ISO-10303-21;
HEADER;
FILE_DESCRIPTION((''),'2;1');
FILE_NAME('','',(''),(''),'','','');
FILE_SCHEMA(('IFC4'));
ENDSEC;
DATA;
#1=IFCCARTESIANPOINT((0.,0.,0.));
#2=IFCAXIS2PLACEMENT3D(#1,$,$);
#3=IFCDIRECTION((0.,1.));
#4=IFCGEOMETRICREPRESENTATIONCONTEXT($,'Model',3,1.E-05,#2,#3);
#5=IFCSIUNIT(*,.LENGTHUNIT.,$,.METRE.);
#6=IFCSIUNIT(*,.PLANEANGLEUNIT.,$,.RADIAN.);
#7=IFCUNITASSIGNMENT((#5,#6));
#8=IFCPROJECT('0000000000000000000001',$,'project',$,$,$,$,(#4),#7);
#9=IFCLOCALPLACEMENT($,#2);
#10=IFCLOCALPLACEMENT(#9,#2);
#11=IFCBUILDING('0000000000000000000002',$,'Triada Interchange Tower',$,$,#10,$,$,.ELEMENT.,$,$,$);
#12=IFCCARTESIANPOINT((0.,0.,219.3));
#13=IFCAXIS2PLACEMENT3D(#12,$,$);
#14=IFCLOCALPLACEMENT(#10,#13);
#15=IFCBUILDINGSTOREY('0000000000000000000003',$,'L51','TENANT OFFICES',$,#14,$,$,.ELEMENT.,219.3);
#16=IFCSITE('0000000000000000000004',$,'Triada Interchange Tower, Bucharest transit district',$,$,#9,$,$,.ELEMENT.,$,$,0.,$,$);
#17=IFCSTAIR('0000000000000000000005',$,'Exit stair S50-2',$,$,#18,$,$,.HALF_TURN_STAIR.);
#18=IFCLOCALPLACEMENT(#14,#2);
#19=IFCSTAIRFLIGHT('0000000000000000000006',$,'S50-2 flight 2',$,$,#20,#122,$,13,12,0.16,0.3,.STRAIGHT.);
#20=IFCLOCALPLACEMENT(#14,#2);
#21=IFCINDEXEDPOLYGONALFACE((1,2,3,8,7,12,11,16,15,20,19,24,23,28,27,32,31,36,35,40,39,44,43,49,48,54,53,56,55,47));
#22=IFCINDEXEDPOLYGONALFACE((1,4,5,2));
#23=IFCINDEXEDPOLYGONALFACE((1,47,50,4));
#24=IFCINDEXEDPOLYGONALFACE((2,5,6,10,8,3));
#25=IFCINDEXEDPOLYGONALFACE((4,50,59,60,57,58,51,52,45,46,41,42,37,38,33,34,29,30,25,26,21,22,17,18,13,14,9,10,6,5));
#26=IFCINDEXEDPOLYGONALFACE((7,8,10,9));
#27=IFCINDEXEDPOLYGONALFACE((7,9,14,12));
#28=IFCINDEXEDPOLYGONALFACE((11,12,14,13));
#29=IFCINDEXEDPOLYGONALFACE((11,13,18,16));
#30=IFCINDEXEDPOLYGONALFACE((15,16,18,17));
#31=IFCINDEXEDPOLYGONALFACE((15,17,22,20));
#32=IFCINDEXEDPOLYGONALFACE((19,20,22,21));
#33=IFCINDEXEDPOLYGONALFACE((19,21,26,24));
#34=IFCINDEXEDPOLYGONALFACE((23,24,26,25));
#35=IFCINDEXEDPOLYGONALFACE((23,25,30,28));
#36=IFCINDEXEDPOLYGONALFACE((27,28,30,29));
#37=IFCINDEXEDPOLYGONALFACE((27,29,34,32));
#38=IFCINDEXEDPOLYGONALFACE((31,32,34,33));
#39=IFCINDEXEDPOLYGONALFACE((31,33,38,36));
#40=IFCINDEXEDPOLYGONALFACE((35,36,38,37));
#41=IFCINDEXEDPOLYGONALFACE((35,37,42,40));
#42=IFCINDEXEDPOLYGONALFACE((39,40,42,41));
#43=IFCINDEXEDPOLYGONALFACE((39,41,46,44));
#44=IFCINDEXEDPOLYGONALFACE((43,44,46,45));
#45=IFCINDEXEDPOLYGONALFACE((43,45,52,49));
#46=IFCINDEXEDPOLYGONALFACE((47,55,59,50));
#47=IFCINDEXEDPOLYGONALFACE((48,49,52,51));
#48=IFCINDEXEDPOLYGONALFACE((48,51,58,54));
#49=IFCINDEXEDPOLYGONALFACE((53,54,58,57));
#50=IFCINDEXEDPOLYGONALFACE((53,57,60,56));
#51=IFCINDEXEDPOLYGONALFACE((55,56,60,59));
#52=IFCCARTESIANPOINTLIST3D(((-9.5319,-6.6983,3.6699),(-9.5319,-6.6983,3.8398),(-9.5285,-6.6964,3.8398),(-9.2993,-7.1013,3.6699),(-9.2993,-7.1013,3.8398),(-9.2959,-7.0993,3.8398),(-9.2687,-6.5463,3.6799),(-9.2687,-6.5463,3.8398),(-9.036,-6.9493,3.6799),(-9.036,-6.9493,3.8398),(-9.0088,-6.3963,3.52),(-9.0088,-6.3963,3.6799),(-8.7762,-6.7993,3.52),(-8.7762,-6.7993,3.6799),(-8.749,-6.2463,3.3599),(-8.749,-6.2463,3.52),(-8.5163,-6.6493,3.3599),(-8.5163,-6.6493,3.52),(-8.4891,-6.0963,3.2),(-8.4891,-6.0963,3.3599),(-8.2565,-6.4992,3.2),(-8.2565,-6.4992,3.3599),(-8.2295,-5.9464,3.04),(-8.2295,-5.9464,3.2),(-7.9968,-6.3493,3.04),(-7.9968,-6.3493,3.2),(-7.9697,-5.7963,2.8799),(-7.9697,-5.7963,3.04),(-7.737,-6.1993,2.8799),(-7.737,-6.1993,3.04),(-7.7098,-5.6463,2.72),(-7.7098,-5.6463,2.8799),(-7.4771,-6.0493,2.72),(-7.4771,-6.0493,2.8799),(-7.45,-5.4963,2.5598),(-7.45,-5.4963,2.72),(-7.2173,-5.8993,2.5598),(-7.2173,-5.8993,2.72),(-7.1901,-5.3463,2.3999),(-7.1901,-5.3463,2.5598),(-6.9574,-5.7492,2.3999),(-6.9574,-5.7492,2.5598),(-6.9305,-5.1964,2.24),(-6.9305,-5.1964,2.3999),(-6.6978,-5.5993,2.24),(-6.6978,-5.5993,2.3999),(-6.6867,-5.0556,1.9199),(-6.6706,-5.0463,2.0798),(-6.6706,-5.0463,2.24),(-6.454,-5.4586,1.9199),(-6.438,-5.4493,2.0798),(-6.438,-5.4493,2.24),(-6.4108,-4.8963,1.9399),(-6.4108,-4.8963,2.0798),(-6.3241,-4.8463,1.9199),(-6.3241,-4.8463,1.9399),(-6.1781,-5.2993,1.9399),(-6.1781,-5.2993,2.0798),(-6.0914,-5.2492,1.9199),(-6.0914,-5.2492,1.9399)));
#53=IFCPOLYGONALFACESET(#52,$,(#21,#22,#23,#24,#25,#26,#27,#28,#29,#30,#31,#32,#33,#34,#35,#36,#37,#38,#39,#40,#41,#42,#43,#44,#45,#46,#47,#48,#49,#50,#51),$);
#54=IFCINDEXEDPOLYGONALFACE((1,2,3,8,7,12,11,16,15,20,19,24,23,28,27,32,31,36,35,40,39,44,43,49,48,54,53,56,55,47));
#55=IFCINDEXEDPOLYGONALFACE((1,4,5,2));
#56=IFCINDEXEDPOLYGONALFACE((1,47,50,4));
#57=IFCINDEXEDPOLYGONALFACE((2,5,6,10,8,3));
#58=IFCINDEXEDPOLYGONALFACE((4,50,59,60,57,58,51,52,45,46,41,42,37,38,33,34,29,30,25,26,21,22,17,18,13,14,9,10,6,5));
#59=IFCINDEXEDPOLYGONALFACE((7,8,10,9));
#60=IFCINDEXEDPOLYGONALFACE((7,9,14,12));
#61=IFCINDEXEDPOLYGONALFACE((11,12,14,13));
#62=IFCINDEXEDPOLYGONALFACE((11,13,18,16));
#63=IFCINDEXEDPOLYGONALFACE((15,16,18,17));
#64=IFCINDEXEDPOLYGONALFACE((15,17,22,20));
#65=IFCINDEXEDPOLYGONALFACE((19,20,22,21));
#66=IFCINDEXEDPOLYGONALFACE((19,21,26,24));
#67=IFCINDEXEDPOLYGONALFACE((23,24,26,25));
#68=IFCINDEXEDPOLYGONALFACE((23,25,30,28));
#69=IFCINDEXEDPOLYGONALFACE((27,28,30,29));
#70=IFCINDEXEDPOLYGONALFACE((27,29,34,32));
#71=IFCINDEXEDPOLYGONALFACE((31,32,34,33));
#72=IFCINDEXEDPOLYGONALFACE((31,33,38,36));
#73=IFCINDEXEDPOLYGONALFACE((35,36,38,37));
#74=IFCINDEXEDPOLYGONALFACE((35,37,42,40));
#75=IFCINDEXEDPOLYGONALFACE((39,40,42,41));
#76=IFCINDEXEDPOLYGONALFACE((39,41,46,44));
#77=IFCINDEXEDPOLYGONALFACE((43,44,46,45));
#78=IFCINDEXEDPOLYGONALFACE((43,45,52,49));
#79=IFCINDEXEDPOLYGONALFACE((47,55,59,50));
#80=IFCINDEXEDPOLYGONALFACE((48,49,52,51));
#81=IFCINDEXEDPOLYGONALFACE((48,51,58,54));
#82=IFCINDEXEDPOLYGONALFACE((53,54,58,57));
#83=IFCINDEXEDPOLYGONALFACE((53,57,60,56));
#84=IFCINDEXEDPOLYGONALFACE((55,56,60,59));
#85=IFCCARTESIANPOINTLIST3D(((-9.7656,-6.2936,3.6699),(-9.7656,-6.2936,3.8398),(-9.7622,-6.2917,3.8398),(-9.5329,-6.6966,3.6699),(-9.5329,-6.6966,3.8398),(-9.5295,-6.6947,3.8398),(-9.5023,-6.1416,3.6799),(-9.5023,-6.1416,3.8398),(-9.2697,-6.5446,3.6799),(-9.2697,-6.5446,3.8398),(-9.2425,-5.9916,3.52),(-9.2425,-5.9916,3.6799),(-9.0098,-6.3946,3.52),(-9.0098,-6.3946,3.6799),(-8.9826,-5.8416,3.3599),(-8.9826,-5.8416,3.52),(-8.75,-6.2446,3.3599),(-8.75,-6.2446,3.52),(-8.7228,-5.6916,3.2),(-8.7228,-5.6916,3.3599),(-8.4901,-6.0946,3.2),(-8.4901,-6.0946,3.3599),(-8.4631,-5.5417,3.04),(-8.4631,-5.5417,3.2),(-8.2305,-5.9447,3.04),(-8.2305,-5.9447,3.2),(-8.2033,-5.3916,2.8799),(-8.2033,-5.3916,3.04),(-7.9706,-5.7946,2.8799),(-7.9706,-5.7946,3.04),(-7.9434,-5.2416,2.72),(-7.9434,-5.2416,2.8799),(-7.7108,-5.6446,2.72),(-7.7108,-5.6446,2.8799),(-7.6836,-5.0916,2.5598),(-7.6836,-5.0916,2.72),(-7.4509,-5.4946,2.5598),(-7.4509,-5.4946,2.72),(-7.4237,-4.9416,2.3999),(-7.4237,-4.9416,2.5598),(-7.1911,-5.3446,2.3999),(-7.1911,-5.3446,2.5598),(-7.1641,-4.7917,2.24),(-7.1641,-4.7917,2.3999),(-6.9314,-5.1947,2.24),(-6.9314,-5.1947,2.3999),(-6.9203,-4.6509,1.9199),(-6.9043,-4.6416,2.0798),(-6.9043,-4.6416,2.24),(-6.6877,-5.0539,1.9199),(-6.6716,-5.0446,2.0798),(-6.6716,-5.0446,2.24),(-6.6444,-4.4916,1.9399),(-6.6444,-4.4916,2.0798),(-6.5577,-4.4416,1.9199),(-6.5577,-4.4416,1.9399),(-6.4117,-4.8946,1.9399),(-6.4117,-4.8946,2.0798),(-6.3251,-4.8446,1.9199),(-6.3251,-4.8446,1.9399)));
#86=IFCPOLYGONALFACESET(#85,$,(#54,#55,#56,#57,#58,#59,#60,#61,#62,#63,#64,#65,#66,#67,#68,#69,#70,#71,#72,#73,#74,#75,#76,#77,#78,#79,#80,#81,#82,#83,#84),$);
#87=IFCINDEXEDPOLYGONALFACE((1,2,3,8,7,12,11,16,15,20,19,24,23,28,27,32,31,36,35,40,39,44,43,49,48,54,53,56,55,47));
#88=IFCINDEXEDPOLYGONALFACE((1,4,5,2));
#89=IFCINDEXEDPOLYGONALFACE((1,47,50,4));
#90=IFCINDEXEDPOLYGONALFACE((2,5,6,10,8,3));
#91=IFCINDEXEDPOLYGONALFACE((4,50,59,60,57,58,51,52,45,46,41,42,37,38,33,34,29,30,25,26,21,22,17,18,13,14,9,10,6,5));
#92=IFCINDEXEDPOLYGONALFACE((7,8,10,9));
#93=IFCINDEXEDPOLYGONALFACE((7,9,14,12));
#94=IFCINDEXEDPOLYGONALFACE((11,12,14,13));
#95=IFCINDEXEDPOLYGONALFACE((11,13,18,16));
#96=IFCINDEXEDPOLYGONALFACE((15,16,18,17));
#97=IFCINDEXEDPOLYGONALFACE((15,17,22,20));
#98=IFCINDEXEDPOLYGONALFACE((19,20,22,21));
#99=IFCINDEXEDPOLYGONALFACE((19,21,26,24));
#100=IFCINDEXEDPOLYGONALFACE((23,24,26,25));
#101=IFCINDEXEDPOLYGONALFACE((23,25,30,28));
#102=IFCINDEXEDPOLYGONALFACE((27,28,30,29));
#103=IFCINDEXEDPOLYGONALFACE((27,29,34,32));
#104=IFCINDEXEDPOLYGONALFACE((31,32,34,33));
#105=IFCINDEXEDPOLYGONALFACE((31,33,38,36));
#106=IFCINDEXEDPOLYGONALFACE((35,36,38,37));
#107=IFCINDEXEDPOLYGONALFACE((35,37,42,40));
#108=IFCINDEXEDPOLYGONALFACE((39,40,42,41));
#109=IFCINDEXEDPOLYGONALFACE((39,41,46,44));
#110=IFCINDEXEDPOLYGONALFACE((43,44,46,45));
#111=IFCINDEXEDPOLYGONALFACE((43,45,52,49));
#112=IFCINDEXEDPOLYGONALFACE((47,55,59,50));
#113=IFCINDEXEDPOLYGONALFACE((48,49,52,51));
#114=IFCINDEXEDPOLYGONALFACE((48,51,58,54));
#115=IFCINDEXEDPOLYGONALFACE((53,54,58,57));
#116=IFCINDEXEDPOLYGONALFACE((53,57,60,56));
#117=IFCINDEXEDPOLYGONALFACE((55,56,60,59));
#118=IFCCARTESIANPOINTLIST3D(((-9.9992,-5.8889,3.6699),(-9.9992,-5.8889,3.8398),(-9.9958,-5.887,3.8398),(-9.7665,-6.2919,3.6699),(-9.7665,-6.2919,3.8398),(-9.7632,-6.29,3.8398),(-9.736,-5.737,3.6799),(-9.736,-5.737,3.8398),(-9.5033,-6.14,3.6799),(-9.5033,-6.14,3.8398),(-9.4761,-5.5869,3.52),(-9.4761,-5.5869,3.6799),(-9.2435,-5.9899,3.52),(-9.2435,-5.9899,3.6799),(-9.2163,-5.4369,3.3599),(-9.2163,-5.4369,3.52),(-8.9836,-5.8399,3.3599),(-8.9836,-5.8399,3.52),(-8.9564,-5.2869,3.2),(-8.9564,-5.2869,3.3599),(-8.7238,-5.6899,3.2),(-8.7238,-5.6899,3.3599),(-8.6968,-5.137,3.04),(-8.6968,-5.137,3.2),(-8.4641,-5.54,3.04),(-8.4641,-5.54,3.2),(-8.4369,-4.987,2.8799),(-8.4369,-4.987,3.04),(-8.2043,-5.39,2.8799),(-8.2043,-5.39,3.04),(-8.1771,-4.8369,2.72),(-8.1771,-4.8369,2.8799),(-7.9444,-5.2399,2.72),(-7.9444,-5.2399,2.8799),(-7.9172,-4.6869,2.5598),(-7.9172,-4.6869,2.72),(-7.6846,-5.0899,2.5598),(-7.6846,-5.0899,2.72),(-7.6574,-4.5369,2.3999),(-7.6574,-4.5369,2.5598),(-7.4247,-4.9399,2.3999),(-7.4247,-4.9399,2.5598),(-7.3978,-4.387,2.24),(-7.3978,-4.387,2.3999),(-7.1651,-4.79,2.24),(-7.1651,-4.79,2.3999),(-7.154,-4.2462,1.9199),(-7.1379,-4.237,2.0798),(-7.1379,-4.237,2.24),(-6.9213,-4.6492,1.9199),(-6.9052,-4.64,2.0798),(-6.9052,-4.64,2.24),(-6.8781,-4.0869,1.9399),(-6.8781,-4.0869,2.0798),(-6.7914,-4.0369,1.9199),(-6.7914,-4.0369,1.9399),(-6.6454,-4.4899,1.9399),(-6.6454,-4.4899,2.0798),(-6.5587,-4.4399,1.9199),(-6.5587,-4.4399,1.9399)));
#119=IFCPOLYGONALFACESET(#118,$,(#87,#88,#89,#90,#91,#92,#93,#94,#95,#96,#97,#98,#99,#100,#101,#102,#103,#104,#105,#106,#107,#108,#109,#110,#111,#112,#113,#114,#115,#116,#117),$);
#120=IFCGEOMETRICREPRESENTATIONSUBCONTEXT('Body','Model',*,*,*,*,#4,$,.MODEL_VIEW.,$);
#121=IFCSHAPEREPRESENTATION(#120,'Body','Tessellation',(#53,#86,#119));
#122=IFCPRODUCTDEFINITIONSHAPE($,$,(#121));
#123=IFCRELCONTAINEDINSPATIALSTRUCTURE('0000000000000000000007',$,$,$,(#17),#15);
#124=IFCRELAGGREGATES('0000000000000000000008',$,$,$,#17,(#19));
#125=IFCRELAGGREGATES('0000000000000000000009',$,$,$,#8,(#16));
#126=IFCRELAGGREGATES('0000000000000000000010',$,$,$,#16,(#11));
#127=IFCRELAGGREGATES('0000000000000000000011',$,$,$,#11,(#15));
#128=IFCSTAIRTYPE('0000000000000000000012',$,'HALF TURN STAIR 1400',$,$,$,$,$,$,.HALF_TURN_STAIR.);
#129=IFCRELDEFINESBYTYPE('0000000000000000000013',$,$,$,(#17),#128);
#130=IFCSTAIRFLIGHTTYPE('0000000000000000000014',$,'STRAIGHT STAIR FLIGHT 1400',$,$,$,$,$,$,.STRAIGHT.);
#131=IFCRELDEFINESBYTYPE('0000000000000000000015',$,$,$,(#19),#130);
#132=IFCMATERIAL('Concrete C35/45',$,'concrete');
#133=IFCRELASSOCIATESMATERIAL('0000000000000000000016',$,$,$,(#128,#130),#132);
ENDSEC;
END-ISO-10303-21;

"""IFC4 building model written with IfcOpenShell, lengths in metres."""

from ifc_helpers import new_model, si_unit, direction, frame, origin, place, context, subcontext, project, spatial, polyline, outline, extrude, material, type_object, element, aggregate, save


model = new_model("IFC4")

# Units and contexts
model_context = context("Model", 3, precision=1e-05, world=origin(), true_north=direction((0.0, 1.0)))
body_context = subcontext(model_context, "Body", "Model", "MODEL_VIEW")
ifc_project = project(units=[si_unit("LENGTHUNIT", "METRE"), si_unit("PLANEANGLEUNIT", "RADIAN")], contexts=[model_context])

# Site, building, storey
site_placement = place(None, origin())
site = spatial("IfcSite", under=ifc_project, at=site_placement, Name="Triada Interchange Tower, Bucharest transit district", CompositionType="ELEMENT", RefElevation=0.0)
building_placement = place(site_placement, origin())
building = spatial("IfcBuilding", under=site, at=building_placement, Name="Triada Interchange Tower", CompositionType="ELEMENT")
storey_placement = place(building_placement, frame((0.0, 0.0, 219.3)))
storey = spatial("IfcBuildingStorey", under=building, at=storey_placement, Name="L51", Description="TENANT OFFICES", CompositionType="ELEMENT", Elevation=219.3)

# Stair, stair flight
ifc_material_1 = material(Name="Concrete C35/45", Category="concrete")
stair_type = type_object("IfcStairType", Name="HALF TURN STAIR 1400", PredefinedType="HALF_TURN_STAIR", material=ifc_material_1)
stair_placement = place(storey_placement, origin())
stair = element("IfcStair", 1, at=stair_placement, inside=storey, type_object=stair_type, Name="Exit stair S50-2", PredefinedType="HALF_TURN_STAIR")
stair_flight_type = type_object("IfcStairFlightType", Name="STRAIGHT STAIR FLIGHT 1400", PredefinedType="STRAIGHT", material=ifc_material_1)
stair_flight_1_placement = place(storey_placement, frame((-6.5281, -4.6931, 1.9199), z_axis=(0.0, 0.0, 1.0), x_axis=(-0.866025, -0.5, 0.0)))
stair_flight_1 = element("IfcStairFlight", 2, at=stair_flight_1_placement, type_object=stair_flight_type, Name="S50-2 flight 2", NumberOfRisers=13, NumberOfTreads=12, PredefinedType="STRAIGHT", RiserHeight=0.16, TreadLength=0.3, context=body_context, shape_type="SweptSolid", body=[
    extrude(outline(polyline([(-0.1001, 0.0), (-0.1001, 0.02), (0.0, 0.02), (0.0, 0.1599), (0.3, 0.1599), (0.3, 0.3201), (0.6001, 0.3201), (0.6001, 0.48), (0.8999, 0.48), (0.8999, 0.6399), (1.2, 0.6399), (1.2, 0.8), (1.5, 0.8), (1.5, 0.96), (1.8, 0.96), (1.8, 1.1201), (2.1001, 1.1201), (2.1001, 1.28), (2.3999, 1.28), (2.3999, 1.4399), (2.7, 1.4399), (2.7, 1.6001), (3.0, 1.6001), (3.0, 1.76), (3.3, 1.76), (3.3, 1.9199), (3.6001, 1.9199), (3.604, 1.9199), (3.604, 2.0801), (3.604, 1.75), (0.3186, 0.0), (-0.1001, 0.0)])), frame((0.0, 0.7, 0.0), z_axis=(0.0, -1.0, 0.0), x_axis=(1.0, 0.0, 0.0)), (0.0, 0.0, 1.0), 0.4653),
    extrude(outline(polyline([(-0.1001, 0.0), (-0.1001, 0.02), (0.0, 0.02), (0.0, 0.1599), (0.3, 0.1599), (0.3, 0.3201), (0.6001, 0.3201), (0.6001, 0.48), (0.8999, 0.48), (0.8999, 0.6399), (1.2, 0.6399), (1.2, 0.8), (1.5, 0.8), (1.5, 0.96), (1.8, 0.96), (1.8, 1.1201), (2.1001, 1.1201), (2.1001, 1.28), (2.3999, 1.28), (2.3999, 1.4399), (2.7, 1.4399), (2.7, 1.6001), (3.0, 1.6001), (3.0, 1.76), (3.3, 1.76), (3.3, 1.9199), (3.6001, 1.9199), (3.604, 1.9199), (3.604, 2.0801), (3.604, 1.75), (0.3186, 0.0), (-0.1001, 0.0)])), frame((0.0, 0.2327, 0.0), z_axis=(0.0, -1.0, 0.0), x_axis=(1.0, 0.0, 0.0)), (0.0, 0.0, 1.0), 0.4653),
    extrude(outline(polyline([(-0.1001, 0.0), (-0.1001, 0.02), (0.0, 0.02), (0.0, 0.1599), (0.3, 0.1599), (0.3, 0.3201), (0.6001, 0.3201), (0.6001, 0.48), (0.8999, 0.48), (0.8999, 0.6399), (1.2, 0.6399), (1.2, 0.8), (1.5, 0.8), (1.5, 0.96), (1.8, 0.96), (1.8, 1.1201), (2.1001, 1.1201), (2.1001, 1.28), (2.3999, 1.28), (2.3999, 1.4399), (2.7, 1.4399), (2.7, 1.6001), (3.0, 1.6001), (3.0, 1.76), (3.3, 1.76), (3.3, 1.9199), (3.6001, 1.9199), (3.604, 1.9199), (3.604, 2.0801), (3.604, 1.75), (0.3186, 0.0), (-0.1001, 0.0)])), frame((0.0, -0.2346, 0.0), z_axis=(0.0, -1.0, 0.0), x_axis=(1.0, 0.0, 0.0)), (0.0, 0.0, 1.0), 0.4653),
])
aggregate(stair, [stair_flight_1])

save(model, "model.ifc")
